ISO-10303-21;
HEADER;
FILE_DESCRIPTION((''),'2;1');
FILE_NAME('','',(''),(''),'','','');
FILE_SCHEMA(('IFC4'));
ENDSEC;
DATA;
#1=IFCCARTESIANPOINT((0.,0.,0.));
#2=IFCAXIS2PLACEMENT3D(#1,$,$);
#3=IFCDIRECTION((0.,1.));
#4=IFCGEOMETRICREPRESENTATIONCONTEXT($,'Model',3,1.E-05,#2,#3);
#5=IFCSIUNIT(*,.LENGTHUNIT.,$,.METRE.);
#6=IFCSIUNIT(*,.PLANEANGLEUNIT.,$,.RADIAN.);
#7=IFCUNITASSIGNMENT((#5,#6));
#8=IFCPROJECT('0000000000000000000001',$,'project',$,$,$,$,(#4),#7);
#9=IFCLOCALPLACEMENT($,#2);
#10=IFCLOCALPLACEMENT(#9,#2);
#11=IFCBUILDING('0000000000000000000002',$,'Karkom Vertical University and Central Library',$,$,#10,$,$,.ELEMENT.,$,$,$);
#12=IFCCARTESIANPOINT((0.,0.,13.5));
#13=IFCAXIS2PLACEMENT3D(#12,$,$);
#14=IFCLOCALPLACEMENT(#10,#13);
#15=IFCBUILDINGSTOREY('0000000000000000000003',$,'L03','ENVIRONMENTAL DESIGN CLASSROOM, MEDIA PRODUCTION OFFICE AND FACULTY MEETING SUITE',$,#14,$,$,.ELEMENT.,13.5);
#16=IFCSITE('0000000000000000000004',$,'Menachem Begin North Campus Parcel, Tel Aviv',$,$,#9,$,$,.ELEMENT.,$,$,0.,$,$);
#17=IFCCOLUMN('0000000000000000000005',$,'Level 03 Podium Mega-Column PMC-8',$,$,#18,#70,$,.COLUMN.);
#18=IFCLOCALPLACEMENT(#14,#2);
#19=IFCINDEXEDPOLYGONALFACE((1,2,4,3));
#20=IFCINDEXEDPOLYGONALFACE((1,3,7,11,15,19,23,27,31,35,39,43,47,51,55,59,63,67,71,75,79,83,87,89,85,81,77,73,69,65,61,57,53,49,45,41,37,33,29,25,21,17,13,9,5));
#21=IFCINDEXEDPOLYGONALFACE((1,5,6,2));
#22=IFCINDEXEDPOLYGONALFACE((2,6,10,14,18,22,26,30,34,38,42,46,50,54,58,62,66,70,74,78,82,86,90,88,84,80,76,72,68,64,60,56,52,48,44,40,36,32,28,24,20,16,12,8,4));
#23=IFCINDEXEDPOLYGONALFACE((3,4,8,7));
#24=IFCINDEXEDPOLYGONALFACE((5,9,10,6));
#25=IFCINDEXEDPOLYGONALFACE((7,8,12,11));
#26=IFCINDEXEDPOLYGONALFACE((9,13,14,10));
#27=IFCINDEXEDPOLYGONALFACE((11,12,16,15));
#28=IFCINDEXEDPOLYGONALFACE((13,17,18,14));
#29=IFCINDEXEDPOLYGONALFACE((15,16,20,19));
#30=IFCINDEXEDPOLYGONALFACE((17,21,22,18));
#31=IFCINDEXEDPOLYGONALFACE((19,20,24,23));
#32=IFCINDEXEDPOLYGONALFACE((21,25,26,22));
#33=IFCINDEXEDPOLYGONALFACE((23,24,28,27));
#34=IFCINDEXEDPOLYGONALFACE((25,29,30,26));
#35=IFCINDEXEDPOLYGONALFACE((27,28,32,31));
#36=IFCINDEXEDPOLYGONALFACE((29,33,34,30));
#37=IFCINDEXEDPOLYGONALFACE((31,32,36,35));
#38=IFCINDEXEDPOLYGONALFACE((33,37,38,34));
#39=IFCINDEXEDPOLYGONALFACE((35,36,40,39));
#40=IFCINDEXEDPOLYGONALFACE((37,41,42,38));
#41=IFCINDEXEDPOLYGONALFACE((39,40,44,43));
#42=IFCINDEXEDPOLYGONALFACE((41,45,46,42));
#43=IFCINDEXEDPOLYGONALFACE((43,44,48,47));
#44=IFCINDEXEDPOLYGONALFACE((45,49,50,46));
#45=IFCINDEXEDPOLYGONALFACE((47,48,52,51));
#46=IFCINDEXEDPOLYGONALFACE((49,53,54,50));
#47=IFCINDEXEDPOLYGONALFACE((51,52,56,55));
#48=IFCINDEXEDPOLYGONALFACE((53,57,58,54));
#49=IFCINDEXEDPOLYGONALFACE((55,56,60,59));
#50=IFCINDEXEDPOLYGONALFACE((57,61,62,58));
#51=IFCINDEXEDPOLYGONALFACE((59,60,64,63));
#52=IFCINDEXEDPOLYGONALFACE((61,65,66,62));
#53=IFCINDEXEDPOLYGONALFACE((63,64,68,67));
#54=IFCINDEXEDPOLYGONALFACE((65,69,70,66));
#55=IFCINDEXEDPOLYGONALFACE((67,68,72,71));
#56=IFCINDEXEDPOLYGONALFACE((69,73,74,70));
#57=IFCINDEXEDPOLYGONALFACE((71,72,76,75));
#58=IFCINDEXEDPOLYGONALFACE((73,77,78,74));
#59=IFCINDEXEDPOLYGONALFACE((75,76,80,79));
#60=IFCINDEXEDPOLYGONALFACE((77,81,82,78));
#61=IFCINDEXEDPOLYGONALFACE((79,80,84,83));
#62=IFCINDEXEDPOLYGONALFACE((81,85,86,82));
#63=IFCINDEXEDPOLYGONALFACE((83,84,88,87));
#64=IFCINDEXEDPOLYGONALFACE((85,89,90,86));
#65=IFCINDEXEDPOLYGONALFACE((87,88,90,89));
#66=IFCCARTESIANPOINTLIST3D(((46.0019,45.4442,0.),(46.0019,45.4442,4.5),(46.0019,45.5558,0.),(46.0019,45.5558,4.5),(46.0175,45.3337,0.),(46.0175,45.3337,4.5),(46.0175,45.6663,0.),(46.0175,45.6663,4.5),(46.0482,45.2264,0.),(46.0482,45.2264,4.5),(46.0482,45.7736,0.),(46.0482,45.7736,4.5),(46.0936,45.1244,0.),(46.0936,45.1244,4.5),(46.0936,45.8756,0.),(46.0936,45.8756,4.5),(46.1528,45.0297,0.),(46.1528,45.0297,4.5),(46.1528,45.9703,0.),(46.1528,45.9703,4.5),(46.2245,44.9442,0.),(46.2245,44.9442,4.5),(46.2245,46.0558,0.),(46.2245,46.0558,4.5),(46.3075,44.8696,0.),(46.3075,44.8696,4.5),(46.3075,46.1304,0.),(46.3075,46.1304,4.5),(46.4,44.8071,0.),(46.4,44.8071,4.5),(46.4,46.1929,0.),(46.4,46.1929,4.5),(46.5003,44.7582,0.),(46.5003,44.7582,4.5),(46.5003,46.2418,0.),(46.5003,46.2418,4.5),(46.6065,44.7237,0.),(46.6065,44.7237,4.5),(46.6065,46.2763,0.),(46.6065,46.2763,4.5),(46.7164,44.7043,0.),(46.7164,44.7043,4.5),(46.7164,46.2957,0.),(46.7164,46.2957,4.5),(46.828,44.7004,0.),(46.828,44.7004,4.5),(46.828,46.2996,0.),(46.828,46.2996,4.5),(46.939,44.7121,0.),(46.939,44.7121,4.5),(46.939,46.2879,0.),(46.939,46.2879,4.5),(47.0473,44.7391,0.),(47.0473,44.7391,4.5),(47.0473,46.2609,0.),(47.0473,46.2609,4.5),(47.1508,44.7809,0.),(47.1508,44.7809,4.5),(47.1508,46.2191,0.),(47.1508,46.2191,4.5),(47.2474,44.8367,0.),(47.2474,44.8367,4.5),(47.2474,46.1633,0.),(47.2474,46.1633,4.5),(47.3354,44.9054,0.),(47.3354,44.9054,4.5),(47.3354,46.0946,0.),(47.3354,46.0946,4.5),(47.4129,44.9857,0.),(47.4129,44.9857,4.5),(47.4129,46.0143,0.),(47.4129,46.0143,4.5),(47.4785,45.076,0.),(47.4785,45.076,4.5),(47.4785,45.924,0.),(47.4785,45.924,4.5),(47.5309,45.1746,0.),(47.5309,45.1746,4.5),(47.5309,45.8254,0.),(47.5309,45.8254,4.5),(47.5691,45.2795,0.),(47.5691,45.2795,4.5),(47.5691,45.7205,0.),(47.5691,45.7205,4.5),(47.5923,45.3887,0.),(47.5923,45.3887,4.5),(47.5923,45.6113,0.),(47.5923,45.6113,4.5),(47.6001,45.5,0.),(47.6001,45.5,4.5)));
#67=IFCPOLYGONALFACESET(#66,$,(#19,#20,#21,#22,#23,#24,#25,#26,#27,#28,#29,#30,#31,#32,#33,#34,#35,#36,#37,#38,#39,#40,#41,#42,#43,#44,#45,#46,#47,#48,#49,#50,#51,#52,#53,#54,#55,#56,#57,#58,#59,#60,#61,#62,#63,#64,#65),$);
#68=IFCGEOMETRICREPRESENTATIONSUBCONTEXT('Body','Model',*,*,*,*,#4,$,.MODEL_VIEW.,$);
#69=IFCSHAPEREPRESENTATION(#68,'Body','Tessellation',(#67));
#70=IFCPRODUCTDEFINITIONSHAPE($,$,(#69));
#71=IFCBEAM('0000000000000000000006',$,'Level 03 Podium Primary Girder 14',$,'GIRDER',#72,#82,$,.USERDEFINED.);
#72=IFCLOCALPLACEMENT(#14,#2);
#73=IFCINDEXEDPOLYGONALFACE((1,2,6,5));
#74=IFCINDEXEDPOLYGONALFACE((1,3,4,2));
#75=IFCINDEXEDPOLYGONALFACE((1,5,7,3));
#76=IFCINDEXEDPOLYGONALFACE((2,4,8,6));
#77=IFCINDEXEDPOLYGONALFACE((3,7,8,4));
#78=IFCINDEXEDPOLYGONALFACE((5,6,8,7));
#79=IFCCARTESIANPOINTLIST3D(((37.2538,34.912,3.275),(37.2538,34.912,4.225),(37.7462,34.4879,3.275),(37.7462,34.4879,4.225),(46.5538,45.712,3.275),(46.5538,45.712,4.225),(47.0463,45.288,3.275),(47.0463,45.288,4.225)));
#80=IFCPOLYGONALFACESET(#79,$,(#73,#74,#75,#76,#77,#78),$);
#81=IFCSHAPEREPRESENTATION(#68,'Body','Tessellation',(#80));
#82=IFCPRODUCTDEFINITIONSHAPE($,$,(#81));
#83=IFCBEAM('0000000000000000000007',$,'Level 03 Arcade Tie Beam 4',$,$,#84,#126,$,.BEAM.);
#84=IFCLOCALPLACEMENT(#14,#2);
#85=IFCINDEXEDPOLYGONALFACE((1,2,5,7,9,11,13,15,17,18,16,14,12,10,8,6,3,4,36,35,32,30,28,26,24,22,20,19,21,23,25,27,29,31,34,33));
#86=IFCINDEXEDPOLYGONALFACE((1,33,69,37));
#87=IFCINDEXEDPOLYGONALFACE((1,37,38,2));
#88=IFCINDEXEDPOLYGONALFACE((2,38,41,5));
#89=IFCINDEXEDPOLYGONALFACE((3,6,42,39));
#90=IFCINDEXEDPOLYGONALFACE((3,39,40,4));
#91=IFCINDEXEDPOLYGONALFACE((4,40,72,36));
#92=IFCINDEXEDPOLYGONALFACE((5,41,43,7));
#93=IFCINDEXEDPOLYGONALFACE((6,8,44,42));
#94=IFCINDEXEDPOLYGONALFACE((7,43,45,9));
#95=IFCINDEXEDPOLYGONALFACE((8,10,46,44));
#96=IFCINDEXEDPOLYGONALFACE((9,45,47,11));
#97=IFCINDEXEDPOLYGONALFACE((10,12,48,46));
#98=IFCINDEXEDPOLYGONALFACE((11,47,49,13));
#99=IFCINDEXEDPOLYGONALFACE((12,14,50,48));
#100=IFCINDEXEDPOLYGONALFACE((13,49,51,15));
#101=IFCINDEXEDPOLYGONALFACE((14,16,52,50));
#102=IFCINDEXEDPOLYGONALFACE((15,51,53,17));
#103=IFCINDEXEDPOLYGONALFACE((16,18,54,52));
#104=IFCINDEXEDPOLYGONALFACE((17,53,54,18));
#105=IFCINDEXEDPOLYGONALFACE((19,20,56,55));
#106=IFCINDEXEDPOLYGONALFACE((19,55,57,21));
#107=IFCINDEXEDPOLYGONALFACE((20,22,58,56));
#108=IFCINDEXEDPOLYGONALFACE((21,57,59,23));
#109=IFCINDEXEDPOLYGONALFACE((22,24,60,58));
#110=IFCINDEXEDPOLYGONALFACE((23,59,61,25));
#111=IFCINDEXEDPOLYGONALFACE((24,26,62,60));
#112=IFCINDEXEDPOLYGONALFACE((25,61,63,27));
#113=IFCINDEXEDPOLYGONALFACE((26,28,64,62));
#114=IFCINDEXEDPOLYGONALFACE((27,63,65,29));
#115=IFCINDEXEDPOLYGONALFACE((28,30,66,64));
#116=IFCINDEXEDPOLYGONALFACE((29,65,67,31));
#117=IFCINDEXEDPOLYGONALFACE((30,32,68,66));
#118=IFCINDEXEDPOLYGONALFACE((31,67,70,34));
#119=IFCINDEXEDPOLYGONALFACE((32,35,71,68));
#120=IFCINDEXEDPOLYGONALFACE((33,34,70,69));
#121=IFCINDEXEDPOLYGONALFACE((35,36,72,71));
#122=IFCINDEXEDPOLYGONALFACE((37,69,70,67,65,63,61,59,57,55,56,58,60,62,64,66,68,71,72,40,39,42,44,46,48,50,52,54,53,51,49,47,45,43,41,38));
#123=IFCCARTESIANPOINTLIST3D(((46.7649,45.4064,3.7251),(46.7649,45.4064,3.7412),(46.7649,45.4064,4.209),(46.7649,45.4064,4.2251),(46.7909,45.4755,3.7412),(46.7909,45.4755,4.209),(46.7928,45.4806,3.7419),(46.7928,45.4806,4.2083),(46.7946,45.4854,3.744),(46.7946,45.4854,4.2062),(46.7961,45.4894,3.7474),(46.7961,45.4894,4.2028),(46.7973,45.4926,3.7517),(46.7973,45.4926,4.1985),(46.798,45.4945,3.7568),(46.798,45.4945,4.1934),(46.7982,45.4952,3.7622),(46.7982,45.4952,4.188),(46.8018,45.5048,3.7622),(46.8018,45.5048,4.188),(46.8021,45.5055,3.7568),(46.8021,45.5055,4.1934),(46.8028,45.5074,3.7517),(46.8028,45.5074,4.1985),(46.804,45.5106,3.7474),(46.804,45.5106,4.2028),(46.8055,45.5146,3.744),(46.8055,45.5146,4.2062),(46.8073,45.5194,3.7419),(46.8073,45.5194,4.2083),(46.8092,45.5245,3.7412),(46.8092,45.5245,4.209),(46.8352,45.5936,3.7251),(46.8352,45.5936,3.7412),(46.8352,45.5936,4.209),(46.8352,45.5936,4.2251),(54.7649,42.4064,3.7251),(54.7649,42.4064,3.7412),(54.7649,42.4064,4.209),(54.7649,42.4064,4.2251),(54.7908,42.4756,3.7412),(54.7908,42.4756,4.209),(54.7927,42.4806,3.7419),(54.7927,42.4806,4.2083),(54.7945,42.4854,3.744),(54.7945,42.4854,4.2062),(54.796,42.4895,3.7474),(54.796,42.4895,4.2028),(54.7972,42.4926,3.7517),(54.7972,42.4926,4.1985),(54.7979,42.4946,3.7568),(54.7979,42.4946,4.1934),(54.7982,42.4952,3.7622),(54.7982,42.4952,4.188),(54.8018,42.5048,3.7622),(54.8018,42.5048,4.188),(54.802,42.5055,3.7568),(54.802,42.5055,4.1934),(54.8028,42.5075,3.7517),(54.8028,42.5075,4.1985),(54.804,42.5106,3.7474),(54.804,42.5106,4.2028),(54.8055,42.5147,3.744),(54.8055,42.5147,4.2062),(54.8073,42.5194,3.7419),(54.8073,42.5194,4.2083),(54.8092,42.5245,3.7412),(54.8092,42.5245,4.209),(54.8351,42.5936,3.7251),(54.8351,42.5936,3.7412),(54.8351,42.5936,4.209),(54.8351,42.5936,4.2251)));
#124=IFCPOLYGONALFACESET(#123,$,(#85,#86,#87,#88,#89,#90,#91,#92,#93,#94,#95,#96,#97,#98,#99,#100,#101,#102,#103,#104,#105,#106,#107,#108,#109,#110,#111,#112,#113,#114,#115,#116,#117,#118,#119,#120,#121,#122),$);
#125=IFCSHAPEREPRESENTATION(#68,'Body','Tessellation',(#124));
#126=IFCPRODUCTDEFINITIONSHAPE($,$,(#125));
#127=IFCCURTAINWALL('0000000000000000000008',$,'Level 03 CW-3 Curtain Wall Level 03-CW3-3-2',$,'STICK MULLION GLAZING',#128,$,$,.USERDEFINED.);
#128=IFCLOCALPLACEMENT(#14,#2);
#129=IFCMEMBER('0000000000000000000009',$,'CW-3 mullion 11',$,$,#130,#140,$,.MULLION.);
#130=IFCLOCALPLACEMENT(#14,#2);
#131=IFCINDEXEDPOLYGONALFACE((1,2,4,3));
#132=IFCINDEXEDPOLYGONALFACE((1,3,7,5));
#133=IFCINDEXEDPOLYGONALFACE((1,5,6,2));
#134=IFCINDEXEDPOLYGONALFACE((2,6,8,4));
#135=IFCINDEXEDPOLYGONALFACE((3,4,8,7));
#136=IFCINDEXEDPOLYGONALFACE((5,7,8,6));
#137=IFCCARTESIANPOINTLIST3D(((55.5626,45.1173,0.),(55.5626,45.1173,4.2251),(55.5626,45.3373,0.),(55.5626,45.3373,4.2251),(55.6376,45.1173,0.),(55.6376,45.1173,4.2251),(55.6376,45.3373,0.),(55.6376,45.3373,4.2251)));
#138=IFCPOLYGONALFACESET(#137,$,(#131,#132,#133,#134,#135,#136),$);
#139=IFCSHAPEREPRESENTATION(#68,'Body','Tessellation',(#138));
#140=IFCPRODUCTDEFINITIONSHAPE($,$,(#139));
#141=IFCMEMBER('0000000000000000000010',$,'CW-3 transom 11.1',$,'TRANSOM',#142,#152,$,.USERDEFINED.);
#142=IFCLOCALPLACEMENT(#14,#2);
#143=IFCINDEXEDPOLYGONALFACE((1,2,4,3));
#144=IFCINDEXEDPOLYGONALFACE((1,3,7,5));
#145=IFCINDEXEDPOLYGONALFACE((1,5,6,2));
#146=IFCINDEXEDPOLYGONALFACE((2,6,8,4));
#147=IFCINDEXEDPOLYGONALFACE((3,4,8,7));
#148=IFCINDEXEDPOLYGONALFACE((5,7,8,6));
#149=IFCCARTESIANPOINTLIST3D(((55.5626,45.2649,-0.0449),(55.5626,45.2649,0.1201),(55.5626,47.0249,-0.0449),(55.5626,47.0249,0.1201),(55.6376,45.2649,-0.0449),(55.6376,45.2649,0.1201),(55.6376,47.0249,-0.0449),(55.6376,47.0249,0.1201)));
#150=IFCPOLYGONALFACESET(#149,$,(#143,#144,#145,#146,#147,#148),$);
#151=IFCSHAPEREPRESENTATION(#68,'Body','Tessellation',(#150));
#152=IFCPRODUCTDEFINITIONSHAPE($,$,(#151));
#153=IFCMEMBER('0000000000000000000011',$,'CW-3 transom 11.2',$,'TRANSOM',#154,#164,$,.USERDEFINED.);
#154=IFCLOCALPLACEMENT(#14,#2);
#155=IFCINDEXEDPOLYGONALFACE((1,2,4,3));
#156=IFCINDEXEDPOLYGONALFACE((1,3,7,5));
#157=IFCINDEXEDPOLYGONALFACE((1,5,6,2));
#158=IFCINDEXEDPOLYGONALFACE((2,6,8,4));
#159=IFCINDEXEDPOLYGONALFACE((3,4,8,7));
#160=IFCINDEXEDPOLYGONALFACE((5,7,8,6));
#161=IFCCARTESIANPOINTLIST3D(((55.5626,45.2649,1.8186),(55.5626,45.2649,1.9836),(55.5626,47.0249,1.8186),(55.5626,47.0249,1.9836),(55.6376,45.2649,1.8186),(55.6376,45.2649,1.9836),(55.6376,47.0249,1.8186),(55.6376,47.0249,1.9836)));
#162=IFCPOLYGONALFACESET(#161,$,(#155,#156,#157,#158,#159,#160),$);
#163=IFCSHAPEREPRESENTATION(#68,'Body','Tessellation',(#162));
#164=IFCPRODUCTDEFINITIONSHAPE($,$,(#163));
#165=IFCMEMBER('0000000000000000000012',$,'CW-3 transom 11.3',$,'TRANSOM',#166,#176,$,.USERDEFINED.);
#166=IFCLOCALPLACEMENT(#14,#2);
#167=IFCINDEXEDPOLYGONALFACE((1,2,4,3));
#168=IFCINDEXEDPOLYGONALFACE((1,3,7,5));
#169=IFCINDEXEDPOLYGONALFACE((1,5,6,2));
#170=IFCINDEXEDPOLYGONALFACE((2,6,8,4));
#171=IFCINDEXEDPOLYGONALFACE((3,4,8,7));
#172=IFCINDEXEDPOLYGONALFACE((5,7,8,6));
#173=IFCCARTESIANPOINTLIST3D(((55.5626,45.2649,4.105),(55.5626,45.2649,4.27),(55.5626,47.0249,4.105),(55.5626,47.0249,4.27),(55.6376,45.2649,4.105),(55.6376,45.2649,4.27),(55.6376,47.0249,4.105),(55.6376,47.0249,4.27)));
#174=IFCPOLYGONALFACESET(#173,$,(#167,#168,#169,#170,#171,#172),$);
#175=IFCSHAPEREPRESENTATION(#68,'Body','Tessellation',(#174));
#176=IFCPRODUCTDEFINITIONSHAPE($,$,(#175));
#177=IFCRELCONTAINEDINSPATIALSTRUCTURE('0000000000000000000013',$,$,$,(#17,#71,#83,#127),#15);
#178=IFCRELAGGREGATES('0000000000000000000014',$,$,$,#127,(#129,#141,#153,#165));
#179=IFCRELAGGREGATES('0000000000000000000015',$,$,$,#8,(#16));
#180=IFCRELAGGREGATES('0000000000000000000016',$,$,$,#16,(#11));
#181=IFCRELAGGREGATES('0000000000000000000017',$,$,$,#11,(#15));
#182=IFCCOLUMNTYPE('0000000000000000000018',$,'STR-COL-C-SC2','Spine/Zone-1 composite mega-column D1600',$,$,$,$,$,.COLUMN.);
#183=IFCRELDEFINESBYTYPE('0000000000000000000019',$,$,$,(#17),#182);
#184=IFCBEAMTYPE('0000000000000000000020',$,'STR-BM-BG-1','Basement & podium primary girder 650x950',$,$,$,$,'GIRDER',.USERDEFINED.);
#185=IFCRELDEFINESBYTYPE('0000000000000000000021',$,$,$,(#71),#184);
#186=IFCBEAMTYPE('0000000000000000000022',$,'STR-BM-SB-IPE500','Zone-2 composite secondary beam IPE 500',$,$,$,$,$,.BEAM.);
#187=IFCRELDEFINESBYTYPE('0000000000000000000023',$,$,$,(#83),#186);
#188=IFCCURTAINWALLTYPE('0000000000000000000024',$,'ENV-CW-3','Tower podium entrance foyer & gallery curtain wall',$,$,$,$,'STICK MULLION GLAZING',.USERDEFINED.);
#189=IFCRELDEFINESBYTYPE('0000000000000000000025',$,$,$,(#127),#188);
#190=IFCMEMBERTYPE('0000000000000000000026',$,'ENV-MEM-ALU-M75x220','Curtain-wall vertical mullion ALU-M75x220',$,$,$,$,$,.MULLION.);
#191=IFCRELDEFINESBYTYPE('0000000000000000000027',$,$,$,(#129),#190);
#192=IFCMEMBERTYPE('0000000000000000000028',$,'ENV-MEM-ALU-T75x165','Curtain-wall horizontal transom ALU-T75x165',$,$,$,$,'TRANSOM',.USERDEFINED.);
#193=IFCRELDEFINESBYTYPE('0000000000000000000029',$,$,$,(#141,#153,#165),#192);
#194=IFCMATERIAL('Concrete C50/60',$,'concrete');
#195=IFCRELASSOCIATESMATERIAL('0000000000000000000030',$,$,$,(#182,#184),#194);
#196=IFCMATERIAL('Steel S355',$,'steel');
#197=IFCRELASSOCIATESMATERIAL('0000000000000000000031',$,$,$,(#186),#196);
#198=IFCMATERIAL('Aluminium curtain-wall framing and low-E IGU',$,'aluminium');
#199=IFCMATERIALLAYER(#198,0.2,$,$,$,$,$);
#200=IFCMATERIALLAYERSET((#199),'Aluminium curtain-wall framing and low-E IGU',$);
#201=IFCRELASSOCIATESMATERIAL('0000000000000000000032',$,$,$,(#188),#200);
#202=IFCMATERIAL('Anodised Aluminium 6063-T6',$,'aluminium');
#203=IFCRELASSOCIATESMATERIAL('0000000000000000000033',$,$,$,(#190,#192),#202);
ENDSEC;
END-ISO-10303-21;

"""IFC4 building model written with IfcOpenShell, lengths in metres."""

from ifc_helpers import new_model, si_unit, direction, frame, origin, origin_with_axes, origin_2d, place, context, subcontext, project, spatial, rectangle, circle, i_section, extrude, source, transform, mapped, material, layer, layer_set, material_profile, profile_set, type_object, element, aggregate, save


model = new_model("IFC4")

# Units and contexts
model_context = context("Model", 3, precision=1e-05, world=origin(), true_north=direction((0.0, 1.0)))
body_context = subcontext(model_context, "Body", "Model", "MODEL_VIEW")
ifc_project = project(units=[si_unit("LENGTHUNIT", "METRE"), si_unit("PLANEANGLEUNIT", "RADIAN")], contexts=[model_context])

# Site, building, storey
site_placement = place(None, origin())
site = spatial("IfcSite", under=ifc_project, at=site_placement, Name="Menachem Begin North Campus Parcel, Tel Aviv", CompositionType="ELEMENT", RefElevation=0.0)
building_placement = place(site_placement, origin())
building = spatial("IfcBuilding", under=site, at=building_placement, Name="Karkom Vertical University and Central Library", CompositionType="ELEMENT")
storey_placement = place(building_placement, frame((0.0, 0.0, 13.5)))
storey = spatial("IfcBuildingStorey", under=building, at=storey_placement, Name="L03", Description="ENVIRONMENTAL DESIGN CLASSROOM, MEDIA PRODUCTION OFFICE AND FACULTY MEETING SUITE", CompositionType="ELEMENT", Elevation=13.5)

# Column
ifc_material_1 = material(Name="Concrete C50/60", Category="concrete")
ifc_material_profile_1 = material_profile(ifc_material_1, circle(Radius=0.8, at=origin_2d()), Name="CFT-D1600")
ifc_profile_set_1 = profile_set([ifc_material_profile_1], Name="Concrete C50/60")
column_type = type_object("IfcColumnType", Name="STR-COL-C-SC2", Description="Spine/Zone-1 composite mega-column D1600", PredefinedType="COLUMN", material=ifc_profile_set_1)
shared_shape_1 = source(origin_with_axes(), body_context, "Body", "SweptSolid", [
    extrude(circle(Radius=0.8, at=origin_2d()), origin(), (0.0, 0.0, 1.0), 4.5),
])
column_placement = place(storey_placement, frame((46.8, 45.5, 0.0), z_axis=(0.0, 0.0, 1.0), x_axis=(1.0, 0.0, 0.0)))
element("IfcColumn", 1, at=column_placement, inside=storey, type_object=column_type, Name="Level 03 Podium Mega-Column PMC-8", PredefinedType="COLUMN", context=body_context, shape_type="MappedRepresentation", body=[
    mapped(shared_shape_1, transform((0.0, 0.0, 0.0), scale=1.0)),
])

# Beams
ifc_material_profile_2 = material_profile(ifc_material_1, rectangle(XDim=0.6499, YDim=0.95, at=origin_2d()), Name="RCG-650x950")
ifc_profile_set_2 = profile_set([ifc_material_profile_2], Name="Concrete C50/60")
beam_type_1 = type_object("IfcBeamType", Name="STR-BM-BG-1", Description="Basement & podium primary girder 650x950", ElementType="GIRDER", PredefinedType="USERDEFINED", material=ifc_profile_set_2)
shared_shape_2 = source(origin_with_axes(), body_context, "Body", "SweptSolid", [
    extrude(rectangle(XDim=0.6499, YDim=0.95, at=origin_2d()), origin(), (0.0, 0.0, 1.0), 14.2524),
])
beam_1_placement = place(storey_placement, frame((46.8, 45.5, 3.75), z_axis=(-0.652523, -0.757769, 0.0), x_axis=(0.757769, -0.652523, 0.0)))
element("IfcBeam", 2, at=beam_1_placement, inside=storey, type_object=beam_type_1, Name="Level 03 Podium Primary Girder 14", ObjectType="GIRDER", PredefinedType="USERDEFINED", context=body_context, shape_type="MappedRepresentation", body=[
    mapped(shared_shape_2, transform((0.0, 0.0, 0.0), scale=1.0)),
])
ifc_material_2 = material(Name="Steel S355", Category="steel")
ifc_material_profile_3 = material_profile(ifc_material_2, i_section(OverallWidth=0.2, OverallDepth=0.5, WebThickness=0.0103, FlangeThickness=0.0161, FilletRadius=0.021, at=origin_2d()), Name="IPE 500")
ifc_profile_set_3 = profile_set([ifc_material_profile_3], Name="Steel S355")
beam_type_2 = type_object("IfcBeamType", Name="STR-BM-SB-IPE500", Description="Zone-2 composite secondary beam IPE 500", PredefinedType="BEAM", material=ifc_profile_set_3)
shared_shape_3 = source(origin_with_axes(), body_context, "Body", "SweptSolid", [
    extrude(i_section(OverallWidth=0.2, OverallDepth=0.5, WebThickness=0.0103, FlangeThickness=0.0161, FilletRadius=0.021, at=origin_2d()), origin(), (0.0, 0.0, 1.0), 8.5439),
])
beam_2_placement = place(storey_placement, frame((46.8, 45.5, 3.9751), z_axis=(0.936329, -0.351123, 0.0), x_axis=(0.351123, 0.936329, 0.0)))
element("IfcBeam", 3, at=beam_2_placement, inside=storey, type_object=beam_type_2, Name="Level 03 Arcade Tie Beam 4", PredefinedType="BEAM", context=body_context, shape_type="MappedRepresentation", body=[
    mapped(shared_shape_3, transform((0.0, 0.0, 0.0), scale=1.0)),
])

# Curtain wall, members
ifc_material_3 = material(Name="Aluminium curtain-wall framing and low-E IGU", Category="aluminium")
ifc_layer_1 = layer(ifc_material_3, 0.2)
ifc_layer_set_1 = layer_set([ifc_layer_1], Name="Aluminium curtain-wall framing and low-E IGU")
curtain_wall_type = type_object("IfcCurtainWallType", Name="ENV-CW-3", Description="Tower podium entrance foyer & gallery curtain wall", ElementType="STICK MULLION GLAZING", PredefinedType="USERDEFINED", material=ifc_layer_set_1)
curtain_wall_placement = place(storey_placement, origin())
curtain_wall = element("IfcCurtainWall", 4, at=curtain_wall_placement, inside=storey, type_object=curtain_wall_type, Name="Level 03 CW-3 Curtain Wall Level 03-CW3-3-2", ObjectType="STICK MULLION GLAZING", PredefinedType="USERDEFINED")
ifc_material_4 = material(Name="Anodised Aluminium 6063-T6", Category="aluminium")
ifc_material_profile_4 = material_profile(ifc_material_4, rectangle(XDim=0.075, YDim=0.22, at=origin_2d()), Name="ALU-M75x220")
ifc_profile_set_4 = profile_set([ifc_material_profile_4], Name="Anodised Aluminium 6063-T6")
member_type_1 = type_object("IfcMemberType", Name="ENV-MEM-ALU-M75x220", Description="Curtain-wall vertical mullion ALU-M75x220", PredefinedType="MULLION", material=ifc_profile_set_4)
shared_shape_4 = source(origin_with_axes(), body_context, "Body", "SweptSolid", [
    extrude(rectangle(XDim=0.075, YDim=0.22, at=origin_2d()), origin(), (0.0, 0.0, 1.0), 4.2251),
])
member_1_placement = place(storey_placement, frame((55.6001, 45.2273, 0.0), z_axis=(0.0, 0.0, 1.0), x_axis=(-1.0, 0.0, 0.0)))
member_1 = element("IfcMember", 5, at=member_1_placement, type_object=member_type_1, Name="CW-3 mullion 11", PredefinedType="MULLION", context=body_context, shape_type="MappedRepresentation", body=[
    mapped(shared_shape_4, transform((0.0, 0.0, 0.0), scale=1.0)),
])
ifc_material_profile_5 = material_profile(ifc_material_4, rectangle(XDim=0.075, YDim=0.165, at=origin_2d()), Name="ALU-T75x165")
ifc_profile_set_5 = profile_set([ifc_material_profile_5], Name="Anodised Aluminium 6063-T6")
member_type_2 = type_object("IfcMemberType", Name="ENV-MEM-ALU-T75x165", Description="Curtain-wall horizontal transom ALU-T75x165", ElementType="TRANSOM", PredefinedType="USERDEFINED", material=ifc_profile_set_5)
shared_shape_5 = source(origin_with_axes(), body_context, "Body", "SweptSolid", [
    extrude(rectangle(XDim=0.075, YDim=0.165, at=origin_2d()), origin(), (0.0, 0.0, 1.0), 1.76),
])
member_2_placement = place(storey_placement, frame((55.6001, 45.2649, 0.0376), z_axis=(0.0, 1.0, 0.0), x_axis=(-1.0, 0.0, 0.0)))
member_2 = element("IfcMember", 6, at=member_2_placement, type_object=member_type_2, Name="CW-3 transom 11.1", ObjectType="TRANSOM", PredefinedType="USERDEFINED", context=body_context, shape_type="MappedRepresentation", body=[
    mapped(shared_shape_5, transform((0.0, 0.0, 0.0), scale=1.0)),
])
member_3_placement = place(storey_placement, frame((55.6001, 45.2649, 1.9011), z_axis=(0.0, 1.0, 0.0), x_axis=(-1.0, 0.0, 0.0)))
member_3 = element("IfcMember", 7, at=member_3_placement, type_object=member_type_2, Name="CW-3 transom 11.2", ObjectType="TRANSOM", PredefinedType="USERDEFINED", context=body_context, shape_type="MappedRepresentation", body=[
    mapped(shared_shape_5, transform((0.0, 0.0, 0.0), scale=1.0)),
])
member_4_placement = place(storey_placement, frame((55.6001, 45.2649, 4.1875), z_axis=(0.0, 1.0, 0.0), x_axis=(-1.0, 0.0, 0.0)))
member_4 = element("IfcMember", 8, at=member_4_placement, type_object=member_type_2, Name="CW-3 transom 11.3", ObjectType="TRANSOM", PredefinedType="USERDEFINED", context=body_context, shape_type="MappedRepresentation", body=[
    mapped(shared_shape_5, transform((0.0, 0.0, 0.0), scale=1.0)),
])
aggregate(curtain_wall, [member_1, member_2, member_3, member_4])

save(model, "model.ifc")
